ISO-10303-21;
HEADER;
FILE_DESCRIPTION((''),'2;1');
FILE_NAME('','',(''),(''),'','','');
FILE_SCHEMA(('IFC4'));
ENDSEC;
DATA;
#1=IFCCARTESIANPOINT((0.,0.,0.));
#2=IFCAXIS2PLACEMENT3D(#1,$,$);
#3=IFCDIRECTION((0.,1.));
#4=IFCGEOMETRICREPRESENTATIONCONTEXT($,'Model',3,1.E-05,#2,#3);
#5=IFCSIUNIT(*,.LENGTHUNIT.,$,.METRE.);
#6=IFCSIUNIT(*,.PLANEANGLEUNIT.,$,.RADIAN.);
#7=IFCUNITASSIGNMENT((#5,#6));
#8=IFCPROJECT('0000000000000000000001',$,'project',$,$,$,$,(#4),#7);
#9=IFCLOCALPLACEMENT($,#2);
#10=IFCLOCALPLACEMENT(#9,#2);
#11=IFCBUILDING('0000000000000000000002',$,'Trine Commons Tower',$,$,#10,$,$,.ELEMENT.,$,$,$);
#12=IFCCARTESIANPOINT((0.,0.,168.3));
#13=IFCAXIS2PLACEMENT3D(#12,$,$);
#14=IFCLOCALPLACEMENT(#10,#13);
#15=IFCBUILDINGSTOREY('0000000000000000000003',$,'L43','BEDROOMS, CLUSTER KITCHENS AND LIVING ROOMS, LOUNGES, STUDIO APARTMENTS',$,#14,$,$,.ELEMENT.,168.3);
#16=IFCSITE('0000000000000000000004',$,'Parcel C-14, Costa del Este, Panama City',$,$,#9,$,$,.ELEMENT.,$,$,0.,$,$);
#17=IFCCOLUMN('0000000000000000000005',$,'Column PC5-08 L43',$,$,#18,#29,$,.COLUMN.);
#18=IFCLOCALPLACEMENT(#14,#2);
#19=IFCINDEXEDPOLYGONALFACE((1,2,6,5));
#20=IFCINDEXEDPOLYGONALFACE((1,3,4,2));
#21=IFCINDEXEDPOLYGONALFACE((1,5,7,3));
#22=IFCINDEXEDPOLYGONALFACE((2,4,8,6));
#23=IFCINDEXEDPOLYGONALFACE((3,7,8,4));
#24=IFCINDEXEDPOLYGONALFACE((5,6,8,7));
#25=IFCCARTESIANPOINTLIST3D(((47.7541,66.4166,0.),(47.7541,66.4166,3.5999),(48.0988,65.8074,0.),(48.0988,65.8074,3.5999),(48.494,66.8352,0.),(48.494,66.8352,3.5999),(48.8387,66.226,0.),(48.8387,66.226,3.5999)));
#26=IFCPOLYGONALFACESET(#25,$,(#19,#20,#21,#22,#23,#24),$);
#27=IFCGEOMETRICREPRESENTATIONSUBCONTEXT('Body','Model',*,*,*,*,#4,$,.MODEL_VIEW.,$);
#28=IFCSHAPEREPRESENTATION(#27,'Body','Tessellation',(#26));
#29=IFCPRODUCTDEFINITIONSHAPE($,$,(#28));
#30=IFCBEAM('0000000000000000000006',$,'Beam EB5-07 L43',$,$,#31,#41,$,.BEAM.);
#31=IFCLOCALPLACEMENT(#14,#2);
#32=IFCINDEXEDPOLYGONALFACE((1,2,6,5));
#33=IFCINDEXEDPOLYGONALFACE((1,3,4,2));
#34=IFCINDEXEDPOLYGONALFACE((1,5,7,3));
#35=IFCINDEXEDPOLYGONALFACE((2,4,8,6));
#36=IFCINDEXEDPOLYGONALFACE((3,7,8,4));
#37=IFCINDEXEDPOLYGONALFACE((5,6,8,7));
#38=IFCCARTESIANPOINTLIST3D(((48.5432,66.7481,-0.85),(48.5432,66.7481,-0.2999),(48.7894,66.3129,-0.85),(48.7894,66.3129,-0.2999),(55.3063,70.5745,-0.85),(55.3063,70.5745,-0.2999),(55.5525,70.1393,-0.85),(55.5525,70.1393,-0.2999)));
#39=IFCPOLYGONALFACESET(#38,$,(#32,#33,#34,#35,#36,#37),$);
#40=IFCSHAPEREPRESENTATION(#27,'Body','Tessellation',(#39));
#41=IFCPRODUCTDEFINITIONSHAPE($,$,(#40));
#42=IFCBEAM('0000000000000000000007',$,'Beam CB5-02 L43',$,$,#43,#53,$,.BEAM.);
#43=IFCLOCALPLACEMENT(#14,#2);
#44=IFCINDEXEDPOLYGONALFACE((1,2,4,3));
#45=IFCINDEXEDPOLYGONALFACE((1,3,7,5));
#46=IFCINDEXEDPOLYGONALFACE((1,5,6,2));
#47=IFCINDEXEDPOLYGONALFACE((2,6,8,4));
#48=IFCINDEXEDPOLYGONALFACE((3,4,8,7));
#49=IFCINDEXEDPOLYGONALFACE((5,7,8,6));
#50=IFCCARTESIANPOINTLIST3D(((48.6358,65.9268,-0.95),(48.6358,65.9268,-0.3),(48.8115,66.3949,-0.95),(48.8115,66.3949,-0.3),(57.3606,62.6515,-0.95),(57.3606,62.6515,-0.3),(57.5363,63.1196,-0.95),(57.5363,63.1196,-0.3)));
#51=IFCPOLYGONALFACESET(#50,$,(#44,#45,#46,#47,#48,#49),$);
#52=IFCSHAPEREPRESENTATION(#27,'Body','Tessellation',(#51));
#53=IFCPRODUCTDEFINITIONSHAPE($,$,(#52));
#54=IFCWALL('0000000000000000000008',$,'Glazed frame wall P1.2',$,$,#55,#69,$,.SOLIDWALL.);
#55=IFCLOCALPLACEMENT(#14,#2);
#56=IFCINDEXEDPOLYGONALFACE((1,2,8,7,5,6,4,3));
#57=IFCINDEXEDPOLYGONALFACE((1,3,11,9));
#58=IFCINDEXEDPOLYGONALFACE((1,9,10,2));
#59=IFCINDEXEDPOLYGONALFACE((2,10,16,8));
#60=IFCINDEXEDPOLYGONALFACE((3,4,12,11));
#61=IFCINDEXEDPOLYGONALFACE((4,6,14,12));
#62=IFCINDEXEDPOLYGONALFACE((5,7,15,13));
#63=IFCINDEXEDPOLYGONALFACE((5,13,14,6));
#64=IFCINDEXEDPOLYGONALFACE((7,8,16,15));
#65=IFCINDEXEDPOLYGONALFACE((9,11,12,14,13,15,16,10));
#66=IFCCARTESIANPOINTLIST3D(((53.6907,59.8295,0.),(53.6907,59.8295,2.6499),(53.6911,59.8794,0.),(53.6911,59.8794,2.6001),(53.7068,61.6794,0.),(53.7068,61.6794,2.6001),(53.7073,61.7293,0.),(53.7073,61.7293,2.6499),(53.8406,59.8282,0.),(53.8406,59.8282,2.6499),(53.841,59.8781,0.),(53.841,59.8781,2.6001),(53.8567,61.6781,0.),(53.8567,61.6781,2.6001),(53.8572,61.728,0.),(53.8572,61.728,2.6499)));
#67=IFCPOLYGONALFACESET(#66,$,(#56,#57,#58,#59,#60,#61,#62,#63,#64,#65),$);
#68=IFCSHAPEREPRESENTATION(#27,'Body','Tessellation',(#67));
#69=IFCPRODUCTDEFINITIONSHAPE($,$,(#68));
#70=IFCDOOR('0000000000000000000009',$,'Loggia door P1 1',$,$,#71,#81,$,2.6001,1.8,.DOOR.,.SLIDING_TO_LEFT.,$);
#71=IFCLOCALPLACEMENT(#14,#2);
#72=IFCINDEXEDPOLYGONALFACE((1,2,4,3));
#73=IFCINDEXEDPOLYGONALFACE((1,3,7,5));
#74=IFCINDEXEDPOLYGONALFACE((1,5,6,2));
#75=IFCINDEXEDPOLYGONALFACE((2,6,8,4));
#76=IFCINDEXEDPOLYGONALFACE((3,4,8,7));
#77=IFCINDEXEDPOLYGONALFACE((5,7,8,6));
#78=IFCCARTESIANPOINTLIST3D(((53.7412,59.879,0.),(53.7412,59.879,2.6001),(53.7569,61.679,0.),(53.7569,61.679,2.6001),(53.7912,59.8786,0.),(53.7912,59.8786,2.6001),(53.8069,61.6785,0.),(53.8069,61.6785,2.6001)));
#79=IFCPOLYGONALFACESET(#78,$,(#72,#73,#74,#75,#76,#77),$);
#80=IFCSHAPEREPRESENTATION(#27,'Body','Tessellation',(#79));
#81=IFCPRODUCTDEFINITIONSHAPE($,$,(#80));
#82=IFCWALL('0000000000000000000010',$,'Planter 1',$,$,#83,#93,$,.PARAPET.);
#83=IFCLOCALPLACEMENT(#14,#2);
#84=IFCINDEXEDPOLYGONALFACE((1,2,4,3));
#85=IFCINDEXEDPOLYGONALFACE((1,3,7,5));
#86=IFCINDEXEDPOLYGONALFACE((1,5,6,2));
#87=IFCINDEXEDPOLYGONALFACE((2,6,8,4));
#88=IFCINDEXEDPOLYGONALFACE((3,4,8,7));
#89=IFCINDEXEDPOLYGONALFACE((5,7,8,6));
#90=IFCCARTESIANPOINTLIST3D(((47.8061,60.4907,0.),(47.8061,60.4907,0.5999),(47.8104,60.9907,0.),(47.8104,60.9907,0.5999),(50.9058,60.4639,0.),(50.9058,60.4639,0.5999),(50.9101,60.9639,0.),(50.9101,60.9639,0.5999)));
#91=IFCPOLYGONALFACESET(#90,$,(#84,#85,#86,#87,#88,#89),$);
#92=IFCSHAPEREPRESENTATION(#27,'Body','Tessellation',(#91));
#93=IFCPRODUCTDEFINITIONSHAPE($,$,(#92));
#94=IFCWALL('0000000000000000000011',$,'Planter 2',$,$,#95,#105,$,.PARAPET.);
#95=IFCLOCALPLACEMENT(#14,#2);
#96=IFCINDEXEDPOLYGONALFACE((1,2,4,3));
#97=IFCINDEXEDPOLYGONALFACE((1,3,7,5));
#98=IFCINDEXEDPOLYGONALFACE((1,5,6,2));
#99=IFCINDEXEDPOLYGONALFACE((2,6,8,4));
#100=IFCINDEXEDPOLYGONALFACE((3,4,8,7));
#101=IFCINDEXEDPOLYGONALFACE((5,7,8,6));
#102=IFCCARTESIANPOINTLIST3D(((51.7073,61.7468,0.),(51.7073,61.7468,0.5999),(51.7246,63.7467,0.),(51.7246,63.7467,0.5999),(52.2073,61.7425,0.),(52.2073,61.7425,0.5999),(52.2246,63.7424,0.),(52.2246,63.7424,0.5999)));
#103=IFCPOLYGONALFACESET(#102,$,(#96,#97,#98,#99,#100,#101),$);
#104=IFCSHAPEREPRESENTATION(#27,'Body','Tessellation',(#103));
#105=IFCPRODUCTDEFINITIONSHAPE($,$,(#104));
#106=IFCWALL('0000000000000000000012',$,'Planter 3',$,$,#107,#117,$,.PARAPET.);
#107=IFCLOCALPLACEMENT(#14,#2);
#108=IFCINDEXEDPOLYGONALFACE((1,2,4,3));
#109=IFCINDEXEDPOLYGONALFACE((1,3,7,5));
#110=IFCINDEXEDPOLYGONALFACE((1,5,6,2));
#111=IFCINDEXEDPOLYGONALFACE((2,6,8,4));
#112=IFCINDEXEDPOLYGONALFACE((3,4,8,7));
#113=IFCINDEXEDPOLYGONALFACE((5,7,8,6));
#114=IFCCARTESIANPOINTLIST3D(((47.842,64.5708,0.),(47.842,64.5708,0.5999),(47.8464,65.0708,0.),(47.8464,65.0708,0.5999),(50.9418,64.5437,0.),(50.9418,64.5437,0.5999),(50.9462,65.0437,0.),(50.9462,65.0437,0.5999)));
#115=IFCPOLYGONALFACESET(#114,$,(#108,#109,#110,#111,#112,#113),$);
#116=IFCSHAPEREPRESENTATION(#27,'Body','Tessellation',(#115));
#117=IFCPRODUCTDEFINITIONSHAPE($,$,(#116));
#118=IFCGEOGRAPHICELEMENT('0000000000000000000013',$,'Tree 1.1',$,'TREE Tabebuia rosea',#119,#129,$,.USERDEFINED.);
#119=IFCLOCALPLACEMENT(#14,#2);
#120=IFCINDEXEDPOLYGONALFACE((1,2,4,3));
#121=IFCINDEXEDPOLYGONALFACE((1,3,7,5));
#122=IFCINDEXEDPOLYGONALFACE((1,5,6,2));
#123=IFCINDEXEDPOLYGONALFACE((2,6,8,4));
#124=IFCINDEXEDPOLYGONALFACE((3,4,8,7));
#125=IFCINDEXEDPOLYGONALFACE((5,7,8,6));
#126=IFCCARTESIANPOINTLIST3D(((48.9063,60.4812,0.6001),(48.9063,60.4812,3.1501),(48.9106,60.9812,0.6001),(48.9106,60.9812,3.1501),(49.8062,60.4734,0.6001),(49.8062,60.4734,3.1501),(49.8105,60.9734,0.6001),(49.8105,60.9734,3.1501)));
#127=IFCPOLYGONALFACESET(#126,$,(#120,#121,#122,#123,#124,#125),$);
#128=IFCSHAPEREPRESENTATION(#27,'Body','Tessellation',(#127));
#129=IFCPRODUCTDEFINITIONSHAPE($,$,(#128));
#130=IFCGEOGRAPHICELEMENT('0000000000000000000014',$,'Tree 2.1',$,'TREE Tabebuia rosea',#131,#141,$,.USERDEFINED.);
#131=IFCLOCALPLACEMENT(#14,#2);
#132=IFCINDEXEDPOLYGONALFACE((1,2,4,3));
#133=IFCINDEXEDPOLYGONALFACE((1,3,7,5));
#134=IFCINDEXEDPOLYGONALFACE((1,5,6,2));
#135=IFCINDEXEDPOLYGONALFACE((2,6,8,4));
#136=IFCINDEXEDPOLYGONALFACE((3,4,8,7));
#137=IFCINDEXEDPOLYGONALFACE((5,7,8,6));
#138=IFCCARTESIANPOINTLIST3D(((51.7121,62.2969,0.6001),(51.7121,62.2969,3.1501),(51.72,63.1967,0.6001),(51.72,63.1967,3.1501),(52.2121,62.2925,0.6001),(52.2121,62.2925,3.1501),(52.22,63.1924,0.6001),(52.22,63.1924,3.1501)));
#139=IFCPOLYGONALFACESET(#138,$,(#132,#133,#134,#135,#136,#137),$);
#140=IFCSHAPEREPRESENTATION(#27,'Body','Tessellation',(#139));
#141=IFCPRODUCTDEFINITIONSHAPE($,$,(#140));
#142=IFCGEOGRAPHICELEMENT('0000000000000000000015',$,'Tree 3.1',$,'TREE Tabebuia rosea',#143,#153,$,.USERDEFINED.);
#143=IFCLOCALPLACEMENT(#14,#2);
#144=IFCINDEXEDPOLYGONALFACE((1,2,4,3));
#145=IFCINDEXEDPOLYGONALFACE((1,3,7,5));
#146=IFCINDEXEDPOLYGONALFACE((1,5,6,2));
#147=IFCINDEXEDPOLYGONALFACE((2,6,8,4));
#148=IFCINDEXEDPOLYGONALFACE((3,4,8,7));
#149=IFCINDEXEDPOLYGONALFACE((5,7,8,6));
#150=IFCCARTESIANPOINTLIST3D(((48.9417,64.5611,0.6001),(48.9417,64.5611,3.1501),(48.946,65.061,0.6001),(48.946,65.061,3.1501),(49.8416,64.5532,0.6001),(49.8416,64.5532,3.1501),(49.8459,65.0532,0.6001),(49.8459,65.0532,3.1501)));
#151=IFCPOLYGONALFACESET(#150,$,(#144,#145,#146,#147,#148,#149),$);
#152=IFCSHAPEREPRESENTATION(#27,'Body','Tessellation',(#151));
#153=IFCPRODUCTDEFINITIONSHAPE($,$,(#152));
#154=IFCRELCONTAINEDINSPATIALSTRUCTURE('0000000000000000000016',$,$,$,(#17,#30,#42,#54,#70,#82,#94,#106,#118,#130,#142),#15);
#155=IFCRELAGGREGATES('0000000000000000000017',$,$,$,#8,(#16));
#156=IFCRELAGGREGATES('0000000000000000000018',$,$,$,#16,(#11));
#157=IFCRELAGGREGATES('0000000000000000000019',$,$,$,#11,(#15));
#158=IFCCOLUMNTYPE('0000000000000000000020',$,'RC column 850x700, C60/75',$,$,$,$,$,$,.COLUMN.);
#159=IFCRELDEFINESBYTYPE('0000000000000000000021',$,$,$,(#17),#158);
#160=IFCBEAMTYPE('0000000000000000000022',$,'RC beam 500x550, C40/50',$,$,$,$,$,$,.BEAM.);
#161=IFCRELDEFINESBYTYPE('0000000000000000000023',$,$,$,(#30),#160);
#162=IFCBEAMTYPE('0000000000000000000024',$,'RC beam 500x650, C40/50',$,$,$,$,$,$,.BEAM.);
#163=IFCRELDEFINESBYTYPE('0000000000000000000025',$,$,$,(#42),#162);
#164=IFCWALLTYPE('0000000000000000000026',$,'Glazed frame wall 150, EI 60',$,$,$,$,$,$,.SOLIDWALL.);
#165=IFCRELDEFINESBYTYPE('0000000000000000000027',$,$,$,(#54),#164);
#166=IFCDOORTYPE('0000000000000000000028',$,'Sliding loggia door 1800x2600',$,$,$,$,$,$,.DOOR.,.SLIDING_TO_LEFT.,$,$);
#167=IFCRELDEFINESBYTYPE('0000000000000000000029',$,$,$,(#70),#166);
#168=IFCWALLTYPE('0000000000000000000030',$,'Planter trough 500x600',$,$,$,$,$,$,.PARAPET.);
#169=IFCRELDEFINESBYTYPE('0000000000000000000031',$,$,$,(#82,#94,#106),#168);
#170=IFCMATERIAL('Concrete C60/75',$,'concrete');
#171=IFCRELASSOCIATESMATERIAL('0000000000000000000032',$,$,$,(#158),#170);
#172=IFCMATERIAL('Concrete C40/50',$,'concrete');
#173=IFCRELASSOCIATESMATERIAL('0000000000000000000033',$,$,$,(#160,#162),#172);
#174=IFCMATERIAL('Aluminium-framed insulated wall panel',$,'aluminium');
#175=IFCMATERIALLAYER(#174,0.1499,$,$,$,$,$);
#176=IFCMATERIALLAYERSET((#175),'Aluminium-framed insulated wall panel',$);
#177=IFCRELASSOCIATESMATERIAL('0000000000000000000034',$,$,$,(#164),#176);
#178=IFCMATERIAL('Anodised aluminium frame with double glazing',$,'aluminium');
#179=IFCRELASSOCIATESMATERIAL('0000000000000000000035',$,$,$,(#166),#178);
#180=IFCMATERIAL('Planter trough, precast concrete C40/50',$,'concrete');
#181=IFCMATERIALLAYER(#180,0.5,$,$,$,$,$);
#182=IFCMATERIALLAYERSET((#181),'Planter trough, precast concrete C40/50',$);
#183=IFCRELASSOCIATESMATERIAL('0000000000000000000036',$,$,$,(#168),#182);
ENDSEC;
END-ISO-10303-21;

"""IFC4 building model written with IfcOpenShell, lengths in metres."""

from ifc_helpers import new_model, si_unit, direction, frame, frame_2d, origin, origin_2d, place, context, subcontext, project, spatial, polyline, rectangle, outline, extrude, material, layer, layer_set, material_profile, profile_set, type_object, element, fill, save


model = new_model("IFC4")

# Units and contexts
model_context = context("Model", 3, precision=1e-05, world=origin(), true_north=direction((0.0, 1.0)))
body_context = subcontext(model_context, "Body", "Model", "MODEL_VIEW")
ifc_project = project(units=[si_unit("LENGTHUNIT", "METRE"), si_unit("PLANEANGLEUNIT", "RADIAN")], contexts=[model_context])

# Site, building, storey
site_placement = place(None, origin())
site = spatial("IfcSite", under=ifc_project, at=site_placement, Name="Parcel C-14, Costa del Este, Panama City", CompositionType="ELEMENT", RefElevation=0.0)
building_placement = place(site_placement, origin())
building = spatial("IfcBuilding", under=site, at=building_placement, Name="Trine Commons Tower", CompositionType="ELEMENT")
storey_placement = place(building_placement, frame((0.0, 0.0, 168.3)))
storey = spatial("IfcBuildingStorey", under=building, at=storey_placement, Name="L43", Description="BEDROOMS, CLUSTER KITCHENS AND LIVING ROOMS, LOUNGES, STUDIO APARTMENTS", CompositionType="ELEMENT", Elevation=168.3)

# Column
ifc_material_1 = material(Name="Concrete C60/75", Category="concrete")
ifc_material_profile_1 = material_profile(ifc_material_1, rectangle(XDim=0.8501, YDim=0.7, at=origin_2d()), Name="RC 850x700")
ifc_profile_set_1 = profile_set([ifc_material_profile_1], Name="Concrete C60/75")
column_type = type_object("IfcColumnType", Name="RC column 850x700, C60/75", PredefinedType="COLUMN", material=ifc_profile_set_1)
column_placement = place(storey_placement, frame((48.2964, 66.3213, 0.0), z_axis=(0.0, 0.0, 1.0), x_axis=(0.870356, 0.492424, 0.0)))
element("IfcColumn", 1, at=column_placement, inside=storey, type_object=column_type, Name="Column PC5-08 L43", PredefinedType="COLUMN", context=body_context, shape_type="SweptSolid", body=[
    extrude(rectangle(XDim=0.8501, YDim=0.7, at=origin_2d()), origin(), (0.0, 0.0, 1.0), 3.5999),
])

# Beams
ifc_material_2 = material(Name="Concrete C40/50", Category="concrete")
ifc_material_profile_2 = material_profile(ifc_material_2, rectangle(XDim=0.5, YDim=0.55, at=origin_2d()), Name="RC 500x550")
ifc_profile_set_2 = profile_set([ifc_material_profile_2], Name="Concrete C40/50")
beam_type_1 = type_object("IfcBeamType", Name="RC beam 500x550, C40/50", PredefinedType="BEAM", material=ifc_profile_set_2)
beam_1_placement = place(storey_placement, frame((48.6663, 66.5305, -0.575), z_axis=(0.870356, 0.492423, 0.0), x_axis=(-0.492423, 0.870356, 0.0)))
element("IfcBeam", 2, at=beam_1_placement, inside=storey, type_object=beam_type_1, Name="Beam EB5-07 L43", PredefinedType="BEAM", context=body_context, shape_type="SweptSolid", body=[
    extrude(rectangle(XDim=0.5, YDim=0.55, at=origin_2d()), origin(), (0.0, 0.0, 1.0), 7.7705),
])
ifc_material_profile_3 = material_profile(ifc_material_2, rectangle(XDim=0.5, YDim=0.6499, at=origin_2d()), Name="RC 500x650")
ifc_profile_set_3 = profile_set([ifc_material_profile_3], Name="Concrete C40/50")
beam_type_2 = type_object("IfcBeamType", Name="RC beam 500x650, C40/50", PredefinedType="BEAM", material=ifc_profile_set_3)
beam_2_placement = place(storey_placement, frame((48.7236, 66.1609, -0.625), z_axis=(0.936203, -0.351459, 0.0), x_axis=(0.351459, 0.936203, 0.0)))
element("IfcBeam", 3, at=beam_2_placement, inside=storey, type_object=beam_type_2, Name="Beam CB5-02 L43", PredefinedType="BEAM", context=body_context, shape_type="SweptSolid", body=[
    extrude(rectangle(XDim=0.5, YDim=0.6499, at=origin_2d()), origin(), (0.0, 0.0, 1.0), 9.3193),
])

# Wall, opening, door
ifc_material_3 = material(Name="Aluminium-framed insulated wall panel", Category="aluminium")
ifc_layer_1 = layer(ifc_material_3, 0.1499)
ifc_layer_set_1 = layer_set([ifc_layer_1], Name="Aluminium-framed insulated wall panel")
wall_type_1 = type_object("IfcWallType", Name="Glazed frame wall 150, EI 60", PredefinedType="SOLIDWALL", material=ifc_layer_set_1)
wall_1_placement = place(storey_placement, frame((53.7656, 59.8289, 0.0), z_axis=(0.0, 0.0, 1.0), x_axis=(0.008738, 0.999962, 0.0)))
wall_1 = element("IfcWall", 4, at=wall_1_placement, inside=storey, type_object=wall_type_1, Name="Glazed frame wall P1.2", PredefinedType="SOLIDWALL", context=body_context, shape_type="SweptSolid", body=[
    extrude(outline(polyline([(0.0, -0.075), (1.8999, -0.075), (1.8999, 0.075), (0.0, 0.075), (0.0, -0.075)])), origin(), (0.0, 0.0, 1.0), 2.6499),
])
opening_1_placement = place(wall_1_placement, frame((0.05, 0.0, 0.0)))
opening_1 = element("IfcOpeningElement", 5, at=opening_1_placement, cuts=wall_1, PredefinedType="OPENING", context=body_context, shape_type="SweptSolid", body=[
    extrude(rectangle(XDim=1.8, YDim=2.6001, at=frame_2d((0.8999, 1.3))), frame((0.0, 0.085, 0.0), z_axis=(0.0, -1.0, 0.0), x_axis=(1.0, 0.0, 0.0)), (0.0, 0.0, 1.0), 0.1699),
])
ifc_material_4 = material(Name="Anodised aluminium frame with double glazing", Category="aluminium")
door_type = type_object("IfcDoorType", Name="Sliding loggia door 1800x2600", OperationType="SLIDING_TO_LEFT", PredefinedType="DOOR", material=ifc_material_4)
door_1_placement = place(opening_1_placement, origin())
door_1 = element("IfcDoor", 6, at=door_1_placement, inside=storey, type_object=door_type, Name="Loggia door P1 1", OperationType="SLIDING_TO_LEFT", OverallHeight=2.6001, OverallWidth=1.8, PredefinedType="DOOR", context=body_context, shape_type="SweptSolid", body=[
    extrude(rectangle(XDim=1.8, YDim=2.6001, at=frame_2d((0.8999, 1.3))), frame((0.0, 0.0249, 0.0), z_axis=(0.0, -1.0, 0.0), x_axis=(1.0, 0.0, 0.0)), (0.0, 0.0, 1.0), 0.05),
])
fill(opening_1, door_1)

# Walls
ifc_material_5 = material(Name="Planter trough, precast concrete C40/50", Category="concrete")
ifc_layer_2 = layer(ifc_material_5, 0.5)
ifc_layer_set_2 = layer_set([ifc_layer_2], Name="Planter trough, precast concrete C40/50")
wall_type_2 = type_object("IfcWallType", Name="Planter trough 500x600", PredefinedType="PARAPET", material=ifc_layer_set_2)
wall_2_placement = place(storey_placement, frame((47.8083, 60.7407, 0.0), z_axis=(0.0, 0.0, 1.0), x_axis=(0.999962, -0.008663, 0.0)))
element("IfcWall", 7, at=wall_2_placement, inside=storey, type_object=wall_type_2, Name="Planter 1", PredefinedType="PARAPET", context=body_context, shape_type="SweptSolid", body=[
    extrude(rectangle(XDim=3.0999, YDim=0.5, at=frame_2d((1.5498, 0.0))), origin(), (0.0, 0.0, 1.0), 0.5999),
])
wall_3_placement = place(storey_placement, frame((51.9573, 61.7446, 0.0), z_axis=(0.0, 0.0, 1.0), x_axis=(0.008667, 0.999962, 0.0)))
element("IfcWall", 8, at=wall_3_placement, inside=storey, type_object=wall_type_2, Name="Planter 2", PredefinedType="PARAPET", context=body_context, shape_type="SweptSolid", body=[
    extrude(rectangle(XDim=2.0, YDim=0.5, at=frame_2d((1.0, 0.0))), origin(), (0.0, 0.0, 1.0), 0.5999),
])
wall_4_placement = place(storey_placement, frame((50.9438, 64.7937, 0.0), z_axis=(0.0, 0.0, 1.0), x_axis=(-0.999962, 0.008742, 0.0)))
element("IfcWall", 9, at=wall_4_placement, inside=storey, type_object=wall_type_2, Name="Planter 3", PredefinedType="PARAPET", context=body_context, shape_type="SweptSolid", body=[
    extrude(rectangle(XDim=3.0999, YDim=0.5, at=frame_2d((1.5498, 0.0))), origin(), (0.0, 0.0, 1.0), 0.5999),
])

# Geographic elements
for number, where, z_axis, x_axis, name in (
    (10, (49.3584, 60.7273, 0.6001), (0.0, 0.0, 1.0), (0.999962, -0.008727, 0.0), "Tree 1.1"),
    (11, (51.9661, 62.7446, 0.6001), (0.0, 0.0, 1.0), (0.008727, 0.999962, 0.0), "Tree 2.1"),
    (12, (49.3938, 64.8071, 0.6001), (0.0, 0.0, 1.0), (-0.999962, 0.008727, 0.0), "Tree 3.1"),
):
    element("IfcGeographicElement", number, at=place(storey_placement, frame(where, z_axis=z_axis, x_axis=x_axis)), inside=storey, Name=name, ObjectType="TREE Tabebuia rosea", PredefinedType="USERDEFINED", context=body_context, shape_type="SweptSolid", body=[
        extrude(rectangle(XDim=0.8999, YDim=0.5, at=origin_2d()), origin(), (0.0, 0.0, 1.0), 2.55),
    ])

save(model, "model.ifc")
